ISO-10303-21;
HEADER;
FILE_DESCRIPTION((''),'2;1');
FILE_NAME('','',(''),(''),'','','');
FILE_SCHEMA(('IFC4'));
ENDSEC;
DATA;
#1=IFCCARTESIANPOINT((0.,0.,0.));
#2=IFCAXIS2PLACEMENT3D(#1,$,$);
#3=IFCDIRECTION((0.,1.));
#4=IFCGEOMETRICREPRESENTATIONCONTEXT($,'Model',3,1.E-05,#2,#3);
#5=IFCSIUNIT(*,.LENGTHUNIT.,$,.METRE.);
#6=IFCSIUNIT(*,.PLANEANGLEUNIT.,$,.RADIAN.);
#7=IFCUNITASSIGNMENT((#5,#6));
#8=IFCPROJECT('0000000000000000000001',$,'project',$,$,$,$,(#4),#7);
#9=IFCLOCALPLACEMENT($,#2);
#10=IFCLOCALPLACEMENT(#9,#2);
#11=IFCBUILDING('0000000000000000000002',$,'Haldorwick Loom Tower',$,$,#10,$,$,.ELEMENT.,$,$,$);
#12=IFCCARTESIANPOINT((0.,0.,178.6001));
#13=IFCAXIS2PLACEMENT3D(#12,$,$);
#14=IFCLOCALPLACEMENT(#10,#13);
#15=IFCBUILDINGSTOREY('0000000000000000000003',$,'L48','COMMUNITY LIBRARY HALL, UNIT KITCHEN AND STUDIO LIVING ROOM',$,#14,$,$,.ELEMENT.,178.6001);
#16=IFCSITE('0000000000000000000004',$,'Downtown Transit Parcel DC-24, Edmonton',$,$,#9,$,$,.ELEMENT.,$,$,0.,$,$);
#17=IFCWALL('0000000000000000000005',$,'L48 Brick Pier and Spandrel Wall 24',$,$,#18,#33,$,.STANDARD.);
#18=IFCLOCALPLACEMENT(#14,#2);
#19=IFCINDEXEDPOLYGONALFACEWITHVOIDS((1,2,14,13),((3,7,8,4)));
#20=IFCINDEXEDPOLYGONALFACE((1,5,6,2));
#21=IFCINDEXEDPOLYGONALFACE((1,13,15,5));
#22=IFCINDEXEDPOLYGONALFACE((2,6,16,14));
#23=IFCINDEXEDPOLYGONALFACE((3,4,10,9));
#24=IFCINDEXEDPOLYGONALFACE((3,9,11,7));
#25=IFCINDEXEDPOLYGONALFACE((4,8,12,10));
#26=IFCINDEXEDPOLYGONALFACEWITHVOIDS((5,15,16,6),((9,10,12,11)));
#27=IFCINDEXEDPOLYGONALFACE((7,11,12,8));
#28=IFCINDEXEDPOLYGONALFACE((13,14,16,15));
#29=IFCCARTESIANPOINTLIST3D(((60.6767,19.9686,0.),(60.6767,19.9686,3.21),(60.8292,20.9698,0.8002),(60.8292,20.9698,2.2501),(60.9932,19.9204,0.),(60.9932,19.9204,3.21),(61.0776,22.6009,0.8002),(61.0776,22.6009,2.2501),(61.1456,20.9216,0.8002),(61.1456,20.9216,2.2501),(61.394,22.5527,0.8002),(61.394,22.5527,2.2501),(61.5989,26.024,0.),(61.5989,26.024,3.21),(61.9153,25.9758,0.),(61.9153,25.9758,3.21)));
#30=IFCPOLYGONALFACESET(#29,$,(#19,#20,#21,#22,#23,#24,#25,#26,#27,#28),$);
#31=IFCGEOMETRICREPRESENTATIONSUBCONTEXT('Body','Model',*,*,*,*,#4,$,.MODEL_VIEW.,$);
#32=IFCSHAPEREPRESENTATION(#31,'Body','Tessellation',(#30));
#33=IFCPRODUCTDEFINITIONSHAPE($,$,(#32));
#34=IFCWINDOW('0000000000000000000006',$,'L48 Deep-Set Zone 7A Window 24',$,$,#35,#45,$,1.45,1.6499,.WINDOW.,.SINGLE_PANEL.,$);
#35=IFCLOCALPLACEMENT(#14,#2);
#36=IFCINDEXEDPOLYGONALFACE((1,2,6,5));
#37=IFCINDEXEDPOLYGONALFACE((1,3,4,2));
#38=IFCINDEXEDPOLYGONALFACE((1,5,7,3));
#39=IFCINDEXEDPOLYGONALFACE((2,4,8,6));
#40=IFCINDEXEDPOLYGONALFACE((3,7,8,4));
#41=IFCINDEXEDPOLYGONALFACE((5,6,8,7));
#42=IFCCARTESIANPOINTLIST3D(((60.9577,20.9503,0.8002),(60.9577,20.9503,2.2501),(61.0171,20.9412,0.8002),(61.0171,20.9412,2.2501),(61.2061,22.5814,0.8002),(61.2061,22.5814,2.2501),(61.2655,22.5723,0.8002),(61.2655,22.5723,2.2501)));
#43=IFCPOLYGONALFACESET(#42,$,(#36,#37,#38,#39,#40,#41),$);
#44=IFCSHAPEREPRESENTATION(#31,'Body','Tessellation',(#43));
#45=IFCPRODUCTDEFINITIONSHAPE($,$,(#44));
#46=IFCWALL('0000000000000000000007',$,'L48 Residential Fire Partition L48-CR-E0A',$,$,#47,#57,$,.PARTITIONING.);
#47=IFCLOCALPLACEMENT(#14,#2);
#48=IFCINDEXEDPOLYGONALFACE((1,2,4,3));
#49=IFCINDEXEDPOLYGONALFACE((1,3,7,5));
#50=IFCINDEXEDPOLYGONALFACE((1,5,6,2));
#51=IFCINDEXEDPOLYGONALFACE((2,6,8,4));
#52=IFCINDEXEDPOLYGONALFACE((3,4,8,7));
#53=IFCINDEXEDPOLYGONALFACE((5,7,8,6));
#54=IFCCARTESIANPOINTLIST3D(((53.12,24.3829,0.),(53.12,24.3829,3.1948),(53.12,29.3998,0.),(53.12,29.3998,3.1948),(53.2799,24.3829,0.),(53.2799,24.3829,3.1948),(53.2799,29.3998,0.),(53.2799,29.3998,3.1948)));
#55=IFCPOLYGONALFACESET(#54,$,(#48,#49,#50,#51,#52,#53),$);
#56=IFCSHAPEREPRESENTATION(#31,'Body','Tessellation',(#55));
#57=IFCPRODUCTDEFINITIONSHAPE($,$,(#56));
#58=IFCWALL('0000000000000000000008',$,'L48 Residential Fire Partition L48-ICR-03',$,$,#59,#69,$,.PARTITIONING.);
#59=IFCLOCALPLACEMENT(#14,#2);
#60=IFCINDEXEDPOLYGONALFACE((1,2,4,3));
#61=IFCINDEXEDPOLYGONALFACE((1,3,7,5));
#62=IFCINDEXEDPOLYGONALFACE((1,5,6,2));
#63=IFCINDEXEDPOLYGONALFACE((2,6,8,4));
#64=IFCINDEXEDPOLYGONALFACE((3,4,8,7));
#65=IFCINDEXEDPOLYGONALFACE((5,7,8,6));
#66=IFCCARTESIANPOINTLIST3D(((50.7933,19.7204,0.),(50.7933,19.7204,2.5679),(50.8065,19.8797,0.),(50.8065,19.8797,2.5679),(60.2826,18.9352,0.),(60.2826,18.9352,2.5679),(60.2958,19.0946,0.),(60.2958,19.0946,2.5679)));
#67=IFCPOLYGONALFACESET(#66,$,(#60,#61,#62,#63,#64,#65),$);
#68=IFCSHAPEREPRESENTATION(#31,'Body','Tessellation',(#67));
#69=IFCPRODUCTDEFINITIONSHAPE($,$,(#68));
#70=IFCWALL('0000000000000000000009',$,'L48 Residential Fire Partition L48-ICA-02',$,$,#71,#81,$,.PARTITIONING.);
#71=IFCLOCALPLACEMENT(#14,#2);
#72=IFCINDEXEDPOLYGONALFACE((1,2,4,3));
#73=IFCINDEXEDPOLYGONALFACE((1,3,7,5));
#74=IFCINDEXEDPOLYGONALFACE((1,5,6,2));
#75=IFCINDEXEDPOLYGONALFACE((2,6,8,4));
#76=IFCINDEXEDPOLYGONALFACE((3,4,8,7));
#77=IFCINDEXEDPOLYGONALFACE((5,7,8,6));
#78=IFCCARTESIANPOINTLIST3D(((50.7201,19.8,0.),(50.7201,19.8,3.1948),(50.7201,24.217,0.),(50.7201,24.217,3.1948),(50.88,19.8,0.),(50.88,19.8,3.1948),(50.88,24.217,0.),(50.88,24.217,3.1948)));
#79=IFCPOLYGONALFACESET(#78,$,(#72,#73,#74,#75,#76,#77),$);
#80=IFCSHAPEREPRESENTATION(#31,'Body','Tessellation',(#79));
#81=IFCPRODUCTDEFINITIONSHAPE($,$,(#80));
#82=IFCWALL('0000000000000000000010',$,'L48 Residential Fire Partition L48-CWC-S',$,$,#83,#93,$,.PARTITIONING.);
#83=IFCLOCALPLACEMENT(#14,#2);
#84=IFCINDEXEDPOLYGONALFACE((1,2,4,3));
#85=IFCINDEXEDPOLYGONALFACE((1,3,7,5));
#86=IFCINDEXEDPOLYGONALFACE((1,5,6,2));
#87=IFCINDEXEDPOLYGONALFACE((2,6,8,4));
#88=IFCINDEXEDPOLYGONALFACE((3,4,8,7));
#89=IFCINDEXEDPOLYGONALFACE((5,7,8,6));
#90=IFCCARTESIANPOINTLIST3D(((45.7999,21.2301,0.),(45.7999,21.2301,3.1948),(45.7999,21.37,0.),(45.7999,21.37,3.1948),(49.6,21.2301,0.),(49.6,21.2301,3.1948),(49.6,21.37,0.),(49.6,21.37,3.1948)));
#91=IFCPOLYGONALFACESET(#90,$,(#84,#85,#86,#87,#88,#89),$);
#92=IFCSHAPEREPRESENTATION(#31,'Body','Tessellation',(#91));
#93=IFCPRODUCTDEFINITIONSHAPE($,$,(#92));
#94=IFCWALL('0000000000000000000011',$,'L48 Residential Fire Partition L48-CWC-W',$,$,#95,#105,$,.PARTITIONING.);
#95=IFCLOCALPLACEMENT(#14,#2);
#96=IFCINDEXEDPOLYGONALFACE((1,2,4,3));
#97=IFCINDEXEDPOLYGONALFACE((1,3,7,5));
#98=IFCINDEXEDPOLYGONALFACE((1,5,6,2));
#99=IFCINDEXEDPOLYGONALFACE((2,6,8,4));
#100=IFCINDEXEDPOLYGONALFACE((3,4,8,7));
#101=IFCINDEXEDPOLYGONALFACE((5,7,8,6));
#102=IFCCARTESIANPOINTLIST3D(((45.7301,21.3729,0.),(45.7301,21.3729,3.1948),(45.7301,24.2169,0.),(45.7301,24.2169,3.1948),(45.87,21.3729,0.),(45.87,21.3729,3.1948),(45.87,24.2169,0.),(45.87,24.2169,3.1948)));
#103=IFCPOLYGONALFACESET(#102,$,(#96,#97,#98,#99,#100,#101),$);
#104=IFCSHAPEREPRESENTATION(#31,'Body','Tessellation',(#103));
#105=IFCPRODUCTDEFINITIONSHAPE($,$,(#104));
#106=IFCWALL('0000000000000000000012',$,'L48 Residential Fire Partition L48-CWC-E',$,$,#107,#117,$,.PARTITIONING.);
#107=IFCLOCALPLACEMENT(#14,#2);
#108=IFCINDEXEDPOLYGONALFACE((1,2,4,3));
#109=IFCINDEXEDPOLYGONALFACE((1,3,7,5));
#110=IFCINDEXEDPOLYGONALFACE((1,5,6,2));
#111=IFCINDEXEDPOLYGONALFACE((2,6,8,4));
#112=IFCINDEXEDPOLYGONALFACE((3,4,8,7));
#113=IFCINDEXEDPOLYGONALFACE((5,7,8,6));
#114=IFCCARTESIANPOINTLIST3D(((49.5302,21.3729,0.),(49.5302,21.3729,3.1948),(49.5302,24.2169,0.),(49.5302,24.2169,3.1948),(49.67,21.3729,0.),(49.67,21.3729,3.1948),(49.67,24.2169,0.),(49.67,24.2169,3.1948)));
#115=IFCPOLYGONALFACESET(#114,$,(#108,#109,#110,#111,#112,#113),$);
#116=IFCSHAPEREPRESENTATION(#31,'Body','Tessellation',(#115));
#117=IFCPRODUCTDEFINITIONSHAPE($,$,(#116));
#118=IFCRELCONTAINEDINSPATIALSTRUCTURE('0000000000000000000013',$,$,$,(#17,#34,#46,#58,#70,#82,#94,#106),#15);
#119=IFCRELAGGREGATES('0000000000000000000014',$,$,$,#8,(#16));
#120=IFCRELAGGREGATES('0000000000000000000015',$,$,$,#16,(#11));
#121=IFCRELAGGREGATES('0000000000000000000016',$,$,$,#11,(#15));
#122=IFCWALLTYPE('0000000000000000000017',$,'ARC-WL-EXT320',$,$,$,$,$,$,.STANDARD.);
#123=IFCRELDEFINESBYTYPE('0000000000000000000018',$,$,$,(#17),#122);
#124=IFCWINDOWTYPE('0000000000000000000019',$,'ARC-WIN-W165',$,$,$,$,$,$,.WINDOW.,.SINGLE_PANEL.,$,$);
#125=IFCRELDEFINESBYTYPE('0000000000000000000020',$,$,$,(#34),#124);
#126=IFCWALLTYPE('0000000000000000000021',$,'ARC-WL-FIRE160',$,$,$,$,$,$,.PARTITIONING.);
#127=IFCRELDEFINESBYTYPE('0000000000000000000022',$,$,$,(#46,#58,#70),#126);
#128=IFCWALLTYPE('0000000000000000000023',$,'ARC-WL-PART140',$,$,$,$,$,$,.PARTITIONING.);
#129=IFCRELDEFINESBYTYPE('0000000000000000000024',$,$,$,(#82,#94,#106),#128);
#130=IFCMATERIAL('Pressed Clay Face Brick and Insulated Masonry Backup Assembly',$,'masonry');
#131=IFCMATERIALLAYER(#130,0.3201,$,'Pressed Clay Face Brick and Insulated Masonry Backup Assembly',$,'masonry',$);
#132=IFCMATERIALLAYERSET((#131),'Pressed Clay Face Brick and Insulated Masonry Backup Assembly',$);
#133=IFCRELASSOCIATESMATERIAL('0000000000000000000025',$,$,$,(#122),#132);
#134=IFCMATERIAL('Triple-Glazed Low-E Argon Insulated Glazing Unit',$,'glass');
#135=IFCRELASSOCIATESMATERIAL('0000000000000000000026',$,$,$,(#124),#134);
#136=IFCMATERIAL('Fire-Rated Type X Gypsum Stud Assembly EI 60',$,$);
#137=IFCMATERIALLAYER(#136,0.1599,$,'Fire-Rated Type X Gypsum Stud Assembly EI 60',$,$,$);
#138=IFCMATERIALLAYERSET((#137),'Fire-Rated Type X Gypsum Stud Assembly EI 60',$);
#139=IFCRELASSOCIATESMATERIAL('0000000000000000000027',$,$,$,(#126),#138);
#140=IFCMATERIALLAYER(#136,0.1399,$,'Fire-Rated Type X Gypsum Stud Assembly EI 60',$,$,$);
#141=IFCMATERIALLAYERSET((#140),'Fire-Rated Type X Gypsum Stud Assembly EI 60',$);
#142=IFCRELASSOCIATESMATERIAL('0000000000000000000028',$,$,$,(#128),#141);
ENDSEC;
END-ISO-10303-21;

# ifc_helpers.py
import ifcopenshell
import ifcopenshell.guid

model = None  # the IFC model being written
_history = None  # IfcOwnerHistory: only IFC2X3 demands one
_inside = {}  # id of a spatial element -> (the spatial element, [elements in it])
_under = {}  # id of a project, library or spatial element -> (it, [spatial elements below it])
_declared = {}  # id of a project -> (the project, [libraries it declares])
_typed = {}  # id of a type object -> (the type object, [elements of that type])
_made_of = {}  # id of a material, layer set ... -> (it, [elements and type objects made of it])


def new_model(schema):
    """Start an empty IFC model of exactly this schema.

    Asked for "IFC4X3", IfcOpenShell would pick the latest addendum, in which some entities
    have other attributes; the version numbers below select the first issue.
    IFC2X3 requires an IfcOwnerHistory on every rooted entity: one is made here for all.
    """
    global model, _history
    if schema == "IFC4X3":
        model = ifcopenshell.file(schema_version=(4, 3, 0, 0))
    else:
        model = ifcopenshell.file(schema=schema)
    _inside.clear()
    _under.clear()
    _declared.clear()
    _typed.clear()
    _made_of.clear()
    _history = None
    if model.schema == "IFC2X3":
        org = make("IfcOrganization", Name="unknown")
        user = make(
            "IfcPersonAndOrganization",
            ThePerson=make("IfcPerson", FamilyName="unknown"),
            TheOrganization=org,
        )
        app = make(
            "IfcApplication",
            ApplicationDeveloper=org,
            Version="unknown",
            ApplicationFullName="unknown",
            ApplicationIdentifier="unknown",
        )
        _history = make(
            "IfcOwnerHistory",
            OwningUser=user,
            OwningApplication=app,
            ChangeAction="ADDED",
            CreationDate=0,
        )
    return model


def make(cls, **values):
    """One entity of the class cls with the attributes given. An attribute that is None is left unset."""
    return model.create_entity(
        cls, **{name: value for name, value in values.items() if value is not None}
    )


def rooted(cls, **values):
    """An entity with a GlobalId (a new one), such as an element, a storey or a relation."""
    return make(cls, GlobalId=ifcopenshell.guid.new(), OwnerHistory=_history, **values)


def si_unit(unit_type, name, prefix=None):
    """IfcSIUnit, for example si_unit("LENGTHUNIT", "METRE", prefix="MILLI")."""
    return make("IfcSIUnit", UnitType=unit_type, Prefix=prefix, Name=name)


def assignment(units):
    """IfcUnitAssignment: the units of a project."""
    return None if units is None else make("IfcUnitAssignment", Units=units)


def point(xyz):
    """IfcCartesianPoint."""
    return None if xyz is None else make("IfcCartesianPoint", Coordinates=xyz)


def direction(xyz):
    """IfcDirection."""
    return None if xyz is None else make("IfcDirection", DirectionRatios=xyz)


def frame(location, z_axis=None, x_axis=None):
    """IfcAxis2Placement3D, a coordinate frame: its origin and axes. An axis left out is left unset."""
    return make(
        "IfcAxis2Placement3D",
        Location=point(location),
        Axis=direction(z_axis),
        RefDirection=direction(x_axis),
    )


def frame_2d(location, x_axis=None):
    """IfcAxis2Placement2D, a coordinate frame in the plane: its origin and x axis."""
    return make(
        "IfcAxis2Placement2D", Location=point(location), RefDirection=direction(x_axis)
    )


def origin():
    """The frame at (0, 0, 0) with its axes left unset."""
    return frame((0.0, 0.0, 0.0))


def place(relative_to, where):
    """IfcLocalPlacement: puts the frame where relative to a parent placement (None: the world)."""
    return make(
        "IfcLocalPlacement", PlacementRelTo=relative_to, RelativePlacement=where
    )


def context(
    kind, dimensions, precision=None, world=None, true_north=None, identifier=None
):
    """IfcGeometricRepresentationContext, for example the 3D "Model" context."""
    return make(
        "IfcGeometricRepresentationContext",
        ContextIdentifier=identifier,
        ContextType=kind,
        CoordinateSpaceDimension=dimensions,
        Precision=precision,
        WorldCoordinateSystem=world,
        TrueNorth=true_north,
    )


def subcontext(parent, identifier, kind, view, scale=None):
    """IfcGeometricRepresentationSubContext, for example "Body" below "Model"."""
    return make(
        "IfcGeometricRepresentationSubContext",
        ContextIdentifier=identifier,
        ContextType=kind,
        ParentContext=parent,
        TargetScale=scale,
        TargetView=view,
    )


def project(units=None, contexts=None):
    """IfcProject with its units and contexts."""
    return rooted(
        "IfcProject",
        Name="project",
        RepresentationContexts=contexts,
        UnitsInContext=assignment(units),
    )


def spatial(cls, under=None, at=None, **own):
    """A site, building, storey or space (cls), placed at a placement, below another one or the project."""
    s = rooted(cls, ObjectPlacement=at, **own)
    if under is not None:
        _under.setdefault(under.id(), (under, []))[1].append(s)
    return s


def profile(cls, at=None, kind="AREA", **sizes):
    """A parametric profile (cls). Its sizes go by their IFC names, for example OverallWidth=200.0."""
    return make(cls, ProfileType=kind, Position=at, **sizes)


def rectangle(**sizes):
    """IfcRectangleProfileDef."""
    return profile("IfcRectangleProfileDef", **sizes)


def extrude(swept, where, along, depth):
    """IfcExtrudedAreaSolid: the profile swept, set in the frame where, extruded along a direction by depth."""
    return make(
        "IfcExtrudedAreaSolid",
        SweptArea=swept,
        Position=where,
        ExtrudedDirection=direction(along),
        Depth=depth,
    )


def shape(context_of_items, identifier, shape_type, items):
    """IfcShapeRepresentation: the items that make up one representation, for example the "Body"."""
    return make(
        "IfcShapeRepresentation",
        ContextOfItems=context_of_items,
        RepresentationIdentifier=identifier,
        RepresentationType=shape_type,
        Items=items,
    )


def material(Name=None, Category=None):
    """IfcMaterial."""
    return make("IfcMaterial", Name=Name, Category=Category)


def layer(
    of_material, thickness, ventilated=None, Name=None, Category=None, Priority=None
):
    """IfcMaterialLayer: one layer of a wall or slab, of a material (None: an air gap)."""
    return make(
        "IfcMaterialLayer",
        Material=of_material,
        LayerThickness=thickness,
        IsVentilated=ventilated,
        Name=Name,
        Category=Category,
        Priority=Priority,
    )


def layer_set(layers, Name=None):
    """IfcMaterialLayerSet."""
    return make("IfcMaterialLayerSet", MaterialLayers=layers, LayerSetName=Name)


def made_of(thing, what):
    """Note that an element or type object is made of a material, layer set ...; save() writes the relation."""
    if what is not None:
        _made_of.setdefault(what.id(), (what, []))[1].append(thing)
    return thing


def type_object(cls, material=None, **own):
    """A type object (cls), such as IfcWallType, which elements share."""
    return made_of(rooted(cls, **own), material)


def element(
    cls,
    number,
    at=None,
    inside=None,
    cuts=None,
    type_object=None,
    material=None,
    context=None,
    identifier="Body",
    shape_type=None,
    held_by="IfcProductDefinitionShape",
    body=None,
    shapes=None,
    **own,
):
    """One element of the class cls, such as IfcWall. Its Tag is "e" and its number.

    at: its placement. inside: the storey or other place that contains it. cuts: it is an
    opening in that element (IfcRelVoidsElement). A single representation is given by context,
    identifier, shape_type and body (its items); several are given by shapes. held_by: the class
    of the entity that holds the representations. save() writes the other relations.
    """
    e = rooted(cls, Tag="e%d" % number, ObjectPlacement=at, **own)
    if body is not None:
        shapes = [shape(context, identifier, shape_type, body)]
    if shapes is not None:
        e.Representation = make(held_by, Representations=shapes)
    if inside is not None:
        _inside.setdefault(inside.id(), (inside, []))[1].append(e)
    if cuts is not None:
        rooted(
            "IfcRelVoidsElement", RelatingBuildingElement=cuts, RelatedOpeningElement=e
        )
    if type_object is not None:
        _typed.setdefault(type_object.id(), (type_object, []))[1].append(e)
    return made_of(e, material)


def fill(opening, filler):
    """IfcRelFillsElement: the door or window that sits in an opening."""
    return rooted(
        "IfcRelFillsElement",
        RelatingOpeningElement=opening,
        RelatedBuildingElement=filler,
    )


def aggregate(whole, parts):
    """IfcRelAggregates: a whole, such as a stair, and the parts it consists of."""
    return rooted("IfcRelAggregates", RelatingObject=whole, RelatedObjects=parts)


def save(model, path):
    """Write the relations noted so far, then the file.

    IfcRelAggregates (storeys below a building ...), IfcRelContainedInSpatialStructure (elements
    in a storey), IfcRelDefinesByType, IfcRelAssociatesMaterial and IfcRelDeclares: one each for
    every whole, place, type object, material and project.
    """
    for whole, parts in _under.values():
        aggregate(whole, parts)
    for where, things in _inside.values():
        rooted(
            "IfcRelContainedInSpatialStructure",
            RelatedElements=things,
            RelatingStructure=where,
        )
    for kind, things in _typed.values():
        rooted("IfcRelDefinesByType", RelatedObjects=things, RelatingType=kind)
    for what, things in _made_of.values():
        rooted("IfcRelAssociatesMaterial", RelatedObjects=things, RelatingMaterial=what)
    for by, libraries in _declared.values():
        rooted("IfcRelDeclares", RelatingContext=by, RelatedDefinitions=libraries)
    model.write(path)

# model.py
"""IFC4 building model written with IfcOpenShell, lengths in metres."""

from ifc_helpers import new_model, si_unit, direction, frame, frame_2d, origin, place, context, subcontext, project, spatial, rectangle, extrude, material, layer, layer_set, type_object, element, fill, save


model = new_model("IFC4")

# Units and contexts
model_context = context("Model", 3, precision=1e-05, world=origin(), true_north=direction((0.0, 1.0)))
body_context = subcontext(model_context, "Body", "Model", "MODEL_VIEW")
ifc_project = project(units=[si_unit("LENGTHUNIT", "METRE"), si_unit("PLANEANGLEUNIT", "RADIAN")], contexts=[model_context])

# Site, building, storey
site_placement = place(None, origin())
site = spatial("IfcSite", under=ifc_project, at=site_placement, Name="Downtown Transit Parcel DC-24, Edmonton", CompositionType="ELEMENT", RefElevation=0.0)
building_placement = place(site_placement, origin())
building = spatial("IfcBuilding", under=site, at=building_placement, Name="Haldorwick Loom Tower", CompositionType="ELEMENT")
storey_placement = place(building_placement, frame((0.0, 0.0, 178.6001)))
storey = spatial("IfcBuildingStorey", under=building, at=storey_placement, Name="L48", Description="COMMUNITY LIBRARY HALL, UNIT KITCHEN AND STUDIO LIVING ROOM", CompositionType="ELEMENT", Elevation=178.6001)

# Shared definitions
ifc_material_1 = material(Name="Pressed Clay Face Brick and Insulated Masonry Backup Assembly", Category="masonry")
ifc_layer_1 = layer(ifc_material_1, 0.3201, Name="Pressed Clay Face Brick and Insulated Masonry Backup Assembly", Category="masonry")
ifc_layer_set_1 = layer_set([ifc_layer_1], Name="Pressed Clay Face Brick and Insulated Masonry Backup Assembly")
wall_type_1 = type_object("IfcWallType", Name="ARC-WL-EXT320", PredefinedType="STANDARD", material=ifc_layer_set_1)
ifc_material_2 = material(Name="Triple-Glazed Low-E Argon Insulated Glazing Unit", Category="glass")
window_type = type_object("IfcWindowType", Name="ARC-WIN-W165", PartitioningType="SINGLE_PANEL", PredefinedType="WINDOW", material=ifc_material_2)

# Wall, opening, window
wall_1_placement = place(storey_placement, frame((60.835, 19.9446, 0.0), z_axis=(0.0, 0.0, 1.0), x_axis=(0.150544, 0.988603, 0.0)))
wall_1 = element("IfcWall", 1, at=wall_1_placement, inside=storey, type_object=wall_type_1, Name="L48 Brick Pier and Spandrel Wall 24", PredefinedType="STANDARD", context=body_context, shape_type="SweptSolid", body=[
    extrude(rectangle(XDim=6.1252, YDim=0.3201, at=frame_2d((3.0625, 0.0))), origin(), (0.0, 0.0, 1.0), 3.21),
])
opening_1_placement = place(wall_1_placement, frame((1.0127, 0.0, 0.8)))
opening_1 = element("IfcOpeningElement", 2, at=opening_1_placement, cuts=wall_1, PredefinedType="OPENING", context=body_context, shape_type="SweptSolid", body=[
    extrude(rectangle(XDim=1.6499, YDim=1.45, at=frame_2d((0.825, 0.7251))), frame((0.0, 0.1699, 0.0), z_axis=(0.0, -1.0, 0.0), x_axis=(1.0, 0.0, 0.0)), (0.0, 0.0, 1.0), 0.3401),
])
window_1_placement = place(opening_1_placement, origin())
window_1 = element("IfcWindow", 3, at=window_1_placement, inside=storey, type_object=window_type, Name="L48 Deep-Set Zone 7A Window 24", OverallHeight=1.45, OverallWidth=1.6499, PartitioningType="SINGLE_PANEL", PredefinedType="WINDOW", context=body_context, shape_type="SweptSolid", body=[
    extrude(rectangle(XDim=1.6499, YDim=1.45, at=frame_2d((0.825, 0.7251))), frame((0.0, 0.03, 0.0), z_axis=(0.0, -1.0, 0.0), x_axis=(1.0, 0.0, 0.0)), (0.0, 0.0, 1.0), 0.0601),
])
fill(opening_1, window_1)

# Walls
ifc_material_3 = material(Name="Fire-Rated Type X Gypsum Stud Assembly EI 60")
ifc_layer_2 = layer(ifc_material_3, 0.1599, Name="Fire-Rated Type X Gypsum Stud Assembly EI 60")
ifc_layer_set_2 = layer_set([ifc_layer_2], Name="Fire-Rated Type X Gypsum Stud Assembly EI 60")
wall_type_2 = type_object("IfcWallType", Name="ARC-WL-FIRE160", PredefinedType="PARTITIONING", material=ifc_layer_set_2)
wall_2_placement = place(storey_placement, frame((53.2, 24.3831, 0.0), z_axis=(0.0, 0.0, 1.0), x_axis=(0.0, 1.0, 0.0)))
element("IfcWall", 4, at=wall_2_placement, inside=storey, type_object=wall_type_2, Name="L48 Residential Fire Partition L48-CR-E0A", PredefinedType="PARTITIONING", context=body_context, shape_type="SweptSolid", body=[
    extrude(rectangle(XDim=5.0168, YDim=0.1599, at=frame_2d((2.5083, 0.0))), origin(), (0.0, 0.0, 1.0), 3.1948),
])
wall_3_placement = place(storey_placement, frame((50.8, 19.8, 0.0), z_axis=(0.0, 0.0, 1.0), x_axis=(0.996594, -0.08246, 0.0)))
element("IfcWall", 5, at=wall_3_placement, inside=storey, type_object=wall_type_2, Name="L48 Residential Fire Partition L48-ICR-03", PredefinedType="PARTITIONING", context=body_context, shape_type="SweptSolid", body=[
    extrude(rectangle(XDim=9.5217, YDim=0.1599, at=frame_2d((4.7607, 0.0))), origin(), (0.0, 0.0, 1.0), 2.5679),
])
wall_4_placement = place(storey_placement, frame((50.8, 24.217, 0.0), z_axis=(0.0, 0.0, 1.0), x_axis=(0.0, -1.0, 0.0)))
element("IfcWall", 6, at=wall_4_placement, inside=storey, type_object=wall_type_2, Name="L48 Residential Fire Partition L48-ICA-02", PredefinedType="PARTITIONING", context=body_context, shape_type="SweptSolid", body=[
    extrude(rectangle(XDim=4.417, YDim=0.1599, at=frame_2d((2.2085, 0.0))), origin(), (0.0, 0.0, 1.0), 3.1948),
])
ifc_layer_3 = layer(ifc_material_3, 0.1399, Name="Fire-Rated Type X Gypsum Stud Assembly EI 60")
ifc_layer_set_3 = layer_set([ifc_layer_3], Name="Fire-Rated Type X Gypsum Stud Assembly EI 60")
wall_type_3 = type_object("IfcWallType", Name="ARC-WL-PART140", PredefinedType="PARTITIONING", material=ifc_layer_set_3)
wall_5_placement = place(storey_placement, frame((45.8, 21.3, 0.0), z_axis=(0.0, 0.0, 1.0), x_axis=(1.0, 0.0, 0.0)))
element("IfcWall", 7, at=wall_5_placement, inside=storey, type_object=wall_type_3, Name="L48 Residential Fire Partition L48-CWC-S", PredefinedType="PARTITIONING", context=body_context, shape_type="SweptSolid", body=[
    extrude(rectangle(XDim=3.8, YDim=0.1399, at=frame_2d((1.8999, 0.0))), origin(), (0.0, 0.0, 1.0), 3.1948),
])
for number, where, z_axis, x_axis, name in (
    (8, (45.8, 21.373, 0.0), (0.0, 0.0, 1.0), (0.0, 1.0, 0.0), "L48 Residential Fire Partition L48-CWC-W"),
    (9, (49.6001, 21.373, 0.0), (0.0, 0.0, 1.0), (0.0, 1.0, 0.0), "L48 Residential Fire Partition L48-CWC-E"),
):
    element("IfcWall", number, at=place(storey_placement, frame(where, z_axis=z_axis, x_axis=x_axis)), inside=storey, type_object=wall_type_3, Name=name, PredefinedType="PARTITIONING", context=body_context, shape_type="SweptSolid", body=[
        extrude(rectangle(XDim=2.844, YDim=0.1399, at=frame_2d((1.4219, 0.0))), origin(), (0.0, 0.0, 1.0), 3.1948),
    ])

save(model, "model.ifc")
